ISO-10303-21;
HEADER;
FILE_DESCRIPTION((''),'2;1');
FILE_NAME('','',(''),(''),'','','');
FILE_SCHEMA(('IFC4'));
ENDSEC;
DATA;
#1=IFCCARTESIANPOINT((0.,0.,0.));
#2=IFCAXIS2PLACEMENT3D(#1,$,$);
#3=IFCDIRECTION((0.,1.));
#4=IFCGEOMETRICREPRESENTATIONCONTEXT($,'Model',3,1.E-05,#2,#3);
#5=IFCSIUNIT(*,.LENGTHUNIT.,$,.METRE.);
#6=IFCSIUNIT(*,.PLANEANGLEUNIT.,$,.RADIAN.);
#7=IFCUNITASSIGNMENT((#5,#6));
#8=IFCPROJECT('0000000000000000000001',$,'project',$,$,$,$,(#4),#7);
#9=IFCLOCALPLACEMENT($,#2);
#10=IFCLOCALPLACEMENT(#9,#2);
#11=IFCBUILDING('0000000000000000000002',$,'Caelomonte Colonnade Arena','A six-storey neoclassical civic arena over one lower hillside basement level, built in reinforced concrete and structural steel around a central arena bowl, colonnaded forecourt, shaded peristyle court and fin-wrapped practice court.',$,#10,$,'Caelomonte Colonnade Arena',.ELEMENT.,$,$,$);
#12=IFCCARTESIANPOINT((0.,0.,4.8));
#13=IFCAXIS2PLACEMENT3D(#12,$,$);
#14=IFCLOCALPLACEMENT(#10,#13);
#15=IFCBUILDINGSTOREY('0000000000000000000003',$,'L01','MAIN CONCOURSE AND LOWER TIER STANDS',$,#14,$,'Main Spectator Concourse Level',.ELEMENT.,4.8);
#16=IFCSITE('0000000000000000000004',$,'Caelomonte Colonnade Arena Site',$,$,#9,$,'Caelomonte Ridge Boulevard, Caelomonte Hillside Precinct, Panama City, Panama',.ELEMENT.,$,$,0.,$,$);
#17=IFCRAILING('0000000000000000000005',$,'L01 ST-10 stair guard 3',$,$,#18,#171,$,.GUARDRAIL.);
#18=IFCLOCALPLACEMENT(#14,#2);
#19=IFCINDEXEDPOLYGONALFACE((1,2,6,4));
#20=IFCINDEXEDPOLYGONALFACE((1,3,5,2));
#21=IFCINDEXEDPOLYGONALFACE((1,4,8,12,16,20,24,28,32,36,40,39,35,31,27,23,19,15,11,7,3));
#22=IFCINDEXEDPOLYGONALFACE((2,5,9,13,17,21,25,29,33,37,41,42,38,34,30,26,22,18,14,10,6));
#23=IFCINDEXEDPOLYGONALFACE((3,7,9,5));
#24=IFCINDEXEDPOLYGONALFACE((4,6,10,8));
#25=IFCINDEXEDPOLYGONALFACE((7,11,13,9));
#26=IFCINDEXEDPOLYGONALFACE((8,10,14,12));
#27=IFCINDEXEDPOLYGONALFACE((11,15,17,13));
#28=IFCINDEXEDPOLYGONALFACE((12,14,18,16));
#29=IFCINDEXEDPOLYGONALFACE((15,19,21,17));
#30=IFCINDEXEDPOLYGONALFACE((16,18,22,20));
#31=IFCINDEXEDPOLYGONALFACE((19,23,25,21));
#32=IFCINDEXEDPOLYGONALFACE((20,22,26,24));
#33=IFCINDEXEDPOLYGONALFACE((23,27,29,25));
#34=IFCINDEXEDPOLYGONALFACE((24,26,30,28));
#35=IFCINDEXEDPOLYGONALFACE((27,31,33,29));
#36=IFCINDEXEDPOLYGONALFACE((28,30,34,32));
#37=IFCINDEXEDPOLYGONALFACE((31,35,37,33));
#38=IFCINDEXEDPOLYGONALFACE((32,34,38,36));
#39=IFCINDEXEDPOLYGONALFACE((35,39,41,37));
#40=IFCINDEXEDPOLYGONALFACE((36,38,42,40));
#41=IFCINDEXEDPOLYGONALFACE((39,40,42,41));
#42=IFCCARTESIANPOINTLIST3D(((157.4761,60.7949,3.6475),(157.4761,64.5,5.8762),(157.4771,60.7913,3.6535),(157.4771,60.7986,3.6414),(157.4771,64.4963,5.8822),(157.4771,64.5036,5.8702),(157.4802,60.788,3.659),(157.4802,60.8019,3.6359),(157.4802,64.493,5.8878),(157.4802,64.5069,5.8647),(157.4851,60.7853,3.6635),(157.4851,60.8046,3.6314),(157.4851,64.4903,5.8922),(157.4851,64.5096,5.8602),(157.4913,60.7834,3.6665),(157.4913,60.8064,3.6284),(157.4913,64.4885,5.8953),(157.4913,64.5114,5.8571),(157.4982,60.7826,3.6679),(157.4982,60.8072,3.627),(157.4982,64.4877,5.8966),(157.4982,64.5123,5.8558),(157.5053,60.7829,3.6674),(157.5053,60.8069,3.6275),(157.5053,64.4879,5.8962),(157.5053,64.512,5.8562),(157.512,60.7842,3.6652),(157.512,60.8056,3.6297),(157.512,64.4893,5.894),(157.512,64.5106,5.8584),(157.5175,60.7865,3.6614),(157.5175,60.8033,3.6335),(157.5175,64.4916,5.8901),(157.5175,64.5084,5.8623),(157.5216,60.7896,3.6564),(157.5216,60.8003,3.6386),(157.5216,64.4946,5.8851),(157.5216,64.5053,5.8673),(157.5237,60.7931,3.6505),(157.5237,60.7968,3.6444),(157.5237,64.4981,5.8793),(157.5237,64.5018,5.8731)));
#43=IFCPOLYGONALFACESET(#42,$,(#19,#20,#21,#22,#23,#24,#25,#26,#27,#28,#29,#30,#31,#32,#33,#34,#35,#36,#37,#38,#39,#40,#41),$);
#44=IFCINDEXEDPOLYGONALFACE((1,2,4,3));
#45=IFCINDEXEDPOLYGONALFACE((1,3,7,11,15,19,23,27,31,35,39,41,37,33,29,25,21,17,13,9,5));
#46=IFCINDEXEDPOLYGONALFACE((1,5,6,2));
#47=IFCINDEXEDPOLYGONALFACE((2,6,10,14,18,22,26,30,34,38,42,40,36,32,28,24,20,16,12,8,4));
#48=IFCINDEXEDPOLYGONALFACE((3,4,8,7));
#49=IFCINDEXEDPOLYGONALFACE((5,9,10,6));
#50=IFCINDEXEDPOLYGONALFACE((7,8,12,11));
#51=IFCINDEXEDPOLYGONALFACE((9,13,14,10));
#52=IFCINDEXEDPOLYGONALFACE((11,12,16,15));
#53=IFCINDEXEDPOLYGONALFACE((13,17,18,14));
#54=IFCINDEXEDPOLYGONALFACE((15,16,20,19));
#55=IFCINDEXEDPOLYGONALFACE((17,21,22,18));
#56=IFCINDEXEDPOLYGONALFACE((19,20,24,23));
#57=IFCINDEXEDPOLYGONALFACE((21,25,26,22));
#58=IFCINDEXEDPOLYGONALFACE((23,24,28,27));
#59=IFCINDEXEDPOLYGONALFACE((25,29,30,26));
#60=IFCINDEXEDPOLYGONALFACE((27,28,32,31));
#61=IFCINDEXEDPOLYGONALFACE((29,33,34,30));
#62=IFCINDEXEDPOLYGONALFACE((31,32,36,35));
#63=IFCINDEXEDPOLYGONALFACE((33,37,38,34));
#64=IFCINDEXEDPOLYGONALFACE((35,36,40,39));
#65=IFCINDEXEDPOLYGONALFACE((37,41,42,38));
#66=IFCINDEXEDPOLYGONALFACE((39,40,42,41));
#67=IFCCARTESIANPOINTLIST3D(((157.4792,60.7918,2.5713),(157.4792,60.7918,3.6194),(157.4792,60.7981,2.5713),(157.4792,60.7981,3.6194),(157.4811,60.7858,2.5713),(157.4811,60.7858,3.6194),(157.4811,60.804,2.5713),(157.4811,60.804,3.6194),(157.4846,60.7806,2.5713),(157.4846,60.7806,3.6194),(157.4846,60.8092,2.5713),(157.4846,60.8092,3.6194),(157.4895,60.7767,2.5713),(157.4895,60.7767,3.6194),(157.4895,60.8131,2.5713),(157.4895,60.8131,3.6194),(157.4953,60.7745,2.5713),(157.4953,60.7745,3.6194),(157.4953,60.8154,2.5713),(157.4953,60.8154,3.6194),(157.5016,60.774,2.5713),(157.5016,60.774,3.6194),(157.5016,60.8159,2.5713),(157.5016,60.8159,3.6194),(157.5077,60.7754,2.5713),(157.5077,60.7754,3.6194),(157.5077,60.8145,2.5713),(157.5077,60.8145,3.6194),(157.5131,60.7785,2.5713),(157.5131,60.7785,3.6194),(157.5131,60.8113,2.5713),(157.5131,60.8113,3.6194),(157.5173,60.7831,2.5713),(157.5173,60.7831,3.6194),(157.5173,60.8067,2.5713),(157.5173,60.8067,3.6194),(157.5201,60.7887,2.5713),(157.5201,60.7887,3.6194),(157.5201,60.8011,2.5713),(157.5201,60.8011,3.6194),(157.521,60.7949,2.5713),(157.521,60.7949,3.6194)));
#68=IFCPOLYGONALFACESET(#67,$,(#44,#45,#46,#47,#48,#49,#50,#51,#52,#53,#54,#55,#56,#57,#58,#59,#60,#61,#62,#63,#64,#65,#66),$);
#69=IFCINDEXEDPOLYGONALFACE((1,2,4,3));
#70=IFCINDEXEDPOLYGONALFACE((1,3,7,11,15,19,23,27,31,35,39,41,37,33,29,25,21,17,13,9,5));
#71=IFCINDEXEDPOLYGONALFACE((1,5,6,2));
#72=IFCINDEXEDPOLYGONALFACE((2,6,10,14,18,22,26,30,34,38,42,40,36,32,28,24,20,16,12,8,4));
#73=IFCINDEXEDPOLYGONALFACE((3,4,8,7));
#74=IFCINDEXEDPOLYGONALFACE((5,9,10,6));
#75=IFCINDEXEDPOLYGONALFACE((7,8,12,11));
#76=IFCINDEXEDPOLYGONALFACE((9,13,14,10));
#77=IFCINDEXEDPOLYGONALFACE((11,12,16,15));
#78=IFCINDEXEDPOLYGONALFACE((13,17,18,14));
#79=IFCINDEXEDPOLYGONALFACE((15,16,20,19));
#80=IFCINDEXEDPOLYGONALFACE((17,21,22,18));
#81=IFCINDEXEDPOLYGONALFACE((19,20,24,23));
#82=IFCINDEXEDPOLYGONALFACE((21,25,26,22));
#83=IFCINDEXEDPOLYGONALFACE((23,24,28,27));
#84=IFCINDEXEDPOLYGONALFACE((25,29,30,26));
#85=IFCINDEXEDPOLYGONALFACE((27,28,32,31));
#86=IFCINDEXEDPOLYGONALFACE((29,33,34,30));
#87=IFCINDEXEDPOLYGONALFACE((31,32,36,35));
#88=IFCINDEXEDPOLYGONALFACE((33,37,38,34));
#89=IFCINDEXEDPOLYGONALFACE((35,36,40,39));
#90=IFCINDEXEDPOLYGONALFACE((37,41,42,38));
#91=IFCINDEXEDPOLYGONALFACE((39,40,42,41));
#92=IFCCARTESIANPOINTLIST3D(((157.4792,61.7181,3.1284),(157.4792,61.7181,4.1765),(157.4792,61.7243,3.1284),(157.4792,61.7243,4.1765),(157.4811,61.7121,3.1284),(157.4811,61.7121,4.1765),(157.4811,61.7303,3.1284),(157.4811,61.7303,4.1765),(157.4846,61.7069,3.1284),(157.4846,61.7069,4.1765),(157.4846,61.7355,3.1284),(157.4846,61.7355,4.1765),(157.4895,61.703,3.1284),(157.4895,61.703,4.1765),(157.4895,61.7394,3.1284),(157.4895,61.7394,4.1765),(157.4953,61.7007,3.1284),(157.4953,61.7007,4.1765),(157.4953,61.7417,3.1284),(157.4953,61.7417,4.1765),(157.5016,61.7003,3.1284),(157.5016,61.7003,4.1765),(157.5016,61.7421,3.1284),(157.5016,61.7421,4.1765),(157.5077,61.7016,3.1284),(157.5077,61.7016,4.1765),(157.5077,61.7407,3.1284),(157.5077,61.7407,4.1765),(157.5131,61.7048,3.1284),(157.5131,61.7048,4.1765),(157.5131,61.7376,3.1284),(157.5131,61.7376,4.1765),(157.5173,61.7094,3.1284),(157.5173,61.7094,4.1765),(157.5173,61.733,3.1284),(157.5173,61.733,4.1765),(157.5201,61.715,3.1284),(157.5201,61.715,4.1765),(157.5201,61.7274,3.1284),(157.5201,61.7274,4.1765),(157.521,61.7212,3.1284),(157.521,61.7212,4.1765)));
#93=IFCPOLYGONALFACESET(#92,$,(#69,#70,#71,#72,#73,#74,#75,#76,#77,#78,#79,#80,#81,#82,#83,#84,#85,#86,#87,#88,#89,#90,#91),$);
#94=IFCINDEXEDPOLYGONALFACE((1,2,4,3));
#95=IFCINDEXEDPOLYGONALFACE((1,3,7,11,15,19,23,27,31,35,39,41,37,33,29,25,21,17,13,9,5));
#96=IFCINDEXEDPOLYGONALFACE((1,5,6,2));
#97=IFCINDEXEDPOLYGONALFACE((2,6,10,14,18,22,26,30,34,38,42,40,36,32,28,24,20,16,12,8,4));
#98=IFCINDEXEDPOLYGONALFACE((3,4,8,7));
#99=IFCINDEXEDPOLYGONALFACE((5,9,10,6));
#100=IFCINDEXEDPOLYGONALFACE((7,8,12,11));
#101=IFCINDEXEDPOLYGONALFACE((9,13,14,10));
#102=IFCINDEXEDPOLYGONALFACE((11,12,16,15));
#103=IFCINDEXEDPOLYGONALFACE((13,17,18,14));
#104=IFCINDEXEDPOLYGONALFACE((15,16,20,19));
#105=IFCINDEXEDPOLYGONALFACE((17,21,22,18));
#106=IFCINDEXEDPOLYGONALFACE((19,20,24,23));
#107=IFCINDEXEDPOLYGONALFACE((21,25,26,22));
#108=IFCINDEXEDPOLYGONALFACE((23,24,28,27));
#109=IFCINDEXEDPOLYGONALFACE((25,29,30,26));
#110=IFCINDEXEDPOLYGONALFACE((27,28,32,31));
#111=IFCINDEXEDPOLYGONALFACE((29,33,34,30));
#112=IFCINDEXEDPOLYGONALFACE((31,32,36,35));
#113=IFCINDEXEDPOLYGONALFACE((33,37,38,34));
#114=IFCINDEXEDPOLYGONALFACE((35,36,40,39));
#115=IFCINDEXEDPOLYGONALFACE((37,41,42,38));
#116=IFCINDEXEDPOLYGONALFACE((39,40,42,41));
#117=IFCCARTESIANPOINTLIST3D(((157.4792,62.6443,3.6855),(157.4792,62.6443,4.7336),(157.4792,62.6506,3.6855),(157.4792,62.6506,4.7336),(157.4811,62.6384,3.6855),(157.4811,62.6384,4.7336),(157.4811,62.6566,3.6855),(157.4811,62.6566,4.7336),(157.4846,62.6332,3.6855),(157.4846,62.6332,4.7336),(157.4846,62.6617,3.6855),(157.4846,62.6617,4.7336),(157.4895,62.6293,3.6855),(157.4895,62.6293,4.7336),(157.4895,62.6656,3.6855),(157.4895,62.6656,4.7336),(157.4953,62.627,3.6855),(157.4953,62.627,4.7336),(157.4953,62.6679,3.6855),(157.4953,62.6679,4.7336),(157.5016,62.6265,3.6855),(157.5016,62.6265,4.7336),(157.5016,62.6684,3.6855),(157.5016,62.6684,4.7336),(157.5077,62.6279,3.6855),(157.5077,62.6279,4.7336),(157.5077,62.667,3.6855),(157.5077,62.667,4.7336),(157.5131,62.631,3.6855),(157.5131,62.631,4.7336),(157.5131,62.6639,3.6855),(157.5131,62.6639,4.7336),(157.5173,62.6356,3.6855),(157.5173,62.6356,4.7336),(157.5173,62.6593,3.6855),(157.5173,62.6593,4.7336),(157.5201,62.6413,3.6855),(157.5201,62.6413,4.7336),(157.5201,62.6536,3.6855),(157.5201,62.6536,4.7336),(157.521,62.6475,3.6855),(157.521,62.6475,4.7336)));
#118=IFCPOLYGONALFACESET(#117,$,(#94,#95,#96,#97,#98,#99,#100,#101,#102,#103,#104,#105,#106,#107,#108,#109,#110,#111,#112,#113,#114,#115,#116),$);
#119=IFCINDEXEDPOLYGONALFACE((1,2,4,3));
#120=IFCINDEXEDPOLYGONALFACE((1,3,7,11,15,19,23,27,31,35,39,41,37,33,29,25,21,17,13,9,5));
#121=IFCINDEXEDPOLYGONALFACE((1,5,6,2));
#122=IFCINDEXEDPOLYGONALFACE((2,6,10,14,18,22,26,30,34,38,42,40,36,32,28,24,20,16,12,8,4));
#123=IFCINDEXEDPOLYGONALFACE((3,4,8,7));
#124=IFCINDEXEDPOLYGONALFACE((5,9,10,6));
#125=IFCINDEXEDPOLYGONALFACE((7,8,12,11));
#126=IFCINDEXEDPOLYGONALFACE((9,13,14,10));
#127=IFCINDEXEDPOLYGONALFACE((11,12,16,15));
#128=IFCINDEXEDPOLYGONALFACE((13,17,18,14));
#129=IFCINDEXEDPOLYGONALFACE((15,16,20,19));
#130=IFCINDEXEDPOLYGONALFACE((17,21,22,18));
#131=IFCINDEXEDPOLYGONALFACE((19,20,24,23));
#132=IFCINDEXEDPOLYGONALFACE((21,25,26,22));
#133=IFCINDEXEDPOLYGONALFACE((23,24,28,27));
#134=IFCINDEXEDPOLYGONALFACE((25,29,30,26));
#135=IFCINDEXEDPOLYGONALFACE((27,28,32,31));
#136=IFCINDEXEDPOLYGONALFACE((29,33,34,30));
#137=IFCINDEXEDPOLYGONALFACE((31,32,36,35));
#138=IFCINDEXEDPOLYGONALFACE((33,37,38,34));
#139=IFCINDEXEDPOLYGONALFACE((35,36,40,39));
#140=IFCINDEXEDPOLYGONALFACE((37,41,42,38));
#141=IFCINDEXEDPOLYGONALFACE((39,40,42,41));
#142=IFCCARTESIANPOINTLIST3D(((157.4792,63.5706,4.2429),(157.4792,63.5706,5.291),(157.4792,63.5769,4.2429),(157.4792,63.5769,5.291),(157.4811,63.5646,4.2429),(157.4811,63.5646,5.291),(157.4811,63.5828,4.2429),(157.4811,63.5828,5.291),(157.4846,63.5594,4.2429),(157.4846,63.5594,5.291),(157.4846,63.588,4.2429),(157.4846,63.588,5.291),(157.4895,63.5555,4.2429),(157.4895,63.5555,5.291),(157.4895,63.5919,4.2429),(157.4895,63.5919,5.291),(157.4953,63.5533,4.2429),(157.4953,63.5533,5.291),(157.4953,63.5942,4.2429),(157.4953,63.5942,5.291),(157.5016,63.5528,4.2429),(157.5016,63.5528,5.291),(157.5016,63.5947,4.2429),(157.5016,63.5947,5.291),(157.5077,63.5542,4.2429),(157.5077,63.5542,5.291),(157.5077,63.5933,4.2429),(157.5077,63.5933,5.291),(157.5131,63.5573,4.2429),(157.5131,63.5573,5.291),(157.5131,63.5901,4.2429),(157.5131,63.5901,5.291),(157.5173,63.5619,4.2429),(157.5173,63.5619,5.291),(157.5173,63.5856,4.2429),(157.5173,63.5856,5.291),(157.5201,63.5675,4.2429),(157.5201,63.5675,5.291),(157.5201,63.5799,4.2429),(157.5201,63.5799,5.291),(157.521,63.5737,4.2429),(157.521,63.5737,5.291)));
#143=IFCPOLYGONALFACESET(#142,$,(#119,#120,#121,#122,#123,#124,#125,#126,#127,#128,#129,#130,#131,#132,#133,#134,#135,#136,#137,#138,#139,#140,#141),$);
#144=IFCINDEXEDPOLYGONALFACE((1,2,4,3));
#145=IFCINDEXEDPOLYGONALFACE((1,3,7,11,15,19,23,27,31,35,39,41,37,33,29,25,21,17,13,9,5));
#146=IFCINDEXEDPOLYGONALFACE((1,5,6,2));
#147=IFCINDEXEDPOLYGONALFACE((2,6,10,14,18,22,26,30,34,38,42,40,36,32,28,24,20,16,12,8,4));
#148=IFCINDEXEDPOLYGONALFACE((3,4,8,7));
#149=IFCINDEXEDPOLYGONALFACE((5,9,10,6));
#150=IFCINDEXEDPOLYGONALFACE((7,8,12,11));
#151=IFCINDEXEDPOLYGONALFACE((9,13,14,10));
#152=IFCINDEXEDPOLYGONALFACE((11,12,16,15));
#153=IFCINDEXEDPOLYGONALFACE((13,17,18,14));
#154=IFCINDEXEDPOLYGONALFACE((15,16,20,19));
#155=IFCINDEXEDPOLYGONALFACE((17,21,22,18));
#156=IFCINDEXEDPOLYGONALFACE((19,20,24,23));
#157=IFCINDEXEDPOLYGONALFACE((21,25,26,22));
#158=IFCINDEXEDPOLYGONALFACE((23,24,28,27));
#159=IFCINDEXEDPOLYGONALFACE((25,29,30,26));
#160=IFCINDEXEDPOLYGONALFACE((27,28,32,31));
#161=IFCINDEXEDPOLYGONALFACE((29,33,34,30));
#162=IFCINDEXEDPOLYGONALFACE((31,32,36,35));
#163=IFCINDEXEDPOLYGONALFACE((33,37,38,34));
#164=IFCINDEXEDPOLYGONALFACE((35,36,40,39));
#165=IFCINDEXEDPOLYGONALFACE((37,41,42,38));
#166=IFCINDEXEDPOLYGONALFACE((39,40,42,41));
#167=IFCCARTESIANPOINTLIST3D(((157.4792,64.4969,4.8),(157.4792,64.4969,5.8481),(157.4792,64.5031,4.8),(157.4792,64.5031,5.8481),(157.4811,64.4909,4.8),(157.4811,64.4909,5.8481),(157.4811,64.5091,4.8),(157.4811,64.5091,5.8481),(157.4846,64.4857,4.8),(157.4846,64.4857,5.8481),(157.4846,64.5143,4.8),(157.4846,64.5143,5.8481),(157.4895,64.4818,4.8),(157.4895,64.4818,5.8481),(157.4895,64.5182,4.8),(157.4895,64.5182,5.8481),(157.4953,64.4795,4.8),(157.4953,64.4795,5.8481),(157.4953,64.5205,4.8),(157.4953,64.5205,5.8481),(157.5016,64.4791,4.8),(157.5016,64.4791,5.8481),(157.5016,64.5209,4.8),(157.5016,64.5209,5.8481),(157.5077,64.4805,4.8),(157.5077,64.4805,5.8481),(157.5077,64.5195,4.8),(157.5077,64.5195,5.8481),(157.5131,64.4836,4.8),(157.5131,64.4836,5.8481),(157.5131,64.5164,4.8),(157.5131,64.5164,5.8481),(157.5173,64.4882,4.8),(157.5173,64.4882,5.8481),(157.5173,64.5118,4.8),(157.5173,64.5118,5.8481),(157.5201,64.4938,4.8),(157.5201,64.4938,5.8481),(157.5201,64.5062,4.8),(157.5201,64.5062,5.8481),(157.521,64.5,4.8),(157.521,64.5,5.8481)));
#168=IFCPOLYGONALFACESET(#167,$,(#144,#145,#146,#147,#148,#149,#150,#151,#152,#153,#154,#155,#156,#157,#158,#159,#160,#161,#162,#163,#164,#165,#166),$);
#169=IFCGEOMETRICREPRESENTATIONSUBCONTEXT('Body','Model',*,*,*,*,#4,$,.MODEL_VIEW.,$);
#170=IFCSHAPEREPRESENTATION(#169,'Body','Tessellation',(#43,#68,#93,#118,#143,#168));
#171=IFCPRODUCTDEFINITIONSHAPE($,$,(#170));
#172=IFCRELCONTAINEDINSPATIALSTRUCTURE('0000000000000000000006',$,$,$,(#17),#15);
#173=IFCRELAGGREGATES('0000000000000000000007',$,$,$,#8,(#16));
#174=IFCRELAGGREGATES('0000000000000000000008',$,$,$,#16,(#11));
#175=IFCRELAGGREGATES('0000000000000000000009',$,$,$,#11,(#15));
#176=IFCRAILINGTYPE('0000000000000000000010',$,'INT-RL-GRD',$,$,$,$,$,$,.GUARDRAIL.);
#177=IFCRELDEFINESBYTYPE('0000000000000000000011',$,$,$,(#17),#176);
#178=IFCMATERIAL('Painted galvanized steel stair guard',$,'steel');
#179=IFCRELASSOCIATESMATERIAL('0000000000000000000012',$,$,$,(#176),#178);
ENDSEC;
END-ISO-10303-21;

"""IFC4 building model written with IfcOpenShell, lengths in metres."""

from ifc_helpers import new_model, si_unit, direction, frame, origin, origin_2d, place, context, subcontext, project, spatial, circle, extrude, material, type_object, element, save


model = new_model("IFC4")

# Units and contexts
model_context = context("Model", 3, precision=1e-05, world=origin(), true_north=direction((0.0, 1.0)))
body_context = subcontext(model_context, "Body", "Model", "MODEL_VIEW")
ifc_project = project(units=[si_unit("LENGTHUNIT", "METRE"), si_unit("PLANEANGLEUNIT", "RADIAN")], contexts=[model_context])

# Site, building, storey
site_placement = place(None, origin())
site = spatial("IfcSite", under=ifc_project, at=site_placement, Name="Caelomonte Colonnade Arena Site", LongName="Caelomonte Ridge Boulevard, Caelomonte Hillside Precinct, Panama City, Panama", CompositionType="ELEMENT", RefElevation=0.0)
building_placement = place(site_placement, origin())
building = spatial("IfcBuilding", under=site, at=building_placement, Name="Caelomonte Colonnade Arena", Description="A six-storey neoclassical civic arena over one lower hillside basement level, built in reinforced concrete and structural steel around a central arena bowl, colonnaded forecourt, shaded peristyle court and fin-wrapped practice court.", LongName="Caelomonte Colonnade Arena", CompositionType="ELEMENT")
storey_placement = place(building_placement, frame((0.0, 0.0, 4.8)))
storey = spatial("IfcBuildingStorey", under=building, at=storey_placement, Name="L01", Description="MAIN CONCOURSE AND LOWER TIER STANDS", LongName="Main Spectator Concourse Level", CompositionType="ELEMENT", Elevation=4.8)

# Railing
ifc_material_1 = material(Name="Painted galvanized steel stair guard", Category="steel")
railing_type_1 = type_object("IfcRailingType", Name="INT-RL-GRD", PredefinedType="GUARDRAIL", material=ifc_material_1)
railing_1_placement = place(storey_placement, frame((157.5, 60.7949, 2.5713)))
element("IfcRailing", 1, at=railing_1_placement, inside=storey, type_object=railing_type_1, Name="L01 ST-10 stair guard 3", PredefinedType="GUARDRAIL", context=body_context, shape_type="SweptSolid", body=[
    extrude(circle(Radius=0.0239, at=origin_2d()), frame((0.0, 0.0, 1.0762), z_axis=(0.0, 0.856909, 0.515467), x_axis=(-1.0, 0.0, 0.0)), (0.0, 0.0, 1.0), 4.3237),
    extrude(circle(Radius=0.021, at=origin_2d()), origin(), (0.0, 0.0, 1.0), 1.0481),
    extrude(circle(Radius=0.021, at=origin_2d()), frame((0.0, 0.9263, 0.5571)), (0.0, 0.0, 1.0), 1.0481),
    extrude(circle(Radius=0.021, at=origin_2d()), frame((0.0, 1.8525, 1.1143)), (0.0, 0.0, 1.0), 1.0481),
    extrude(circle(Radius=0.021, at=origin_2d()), frame((0.0, 2.7788, 1.6716)), (0.0, 0.0, 1.0), 1.0481),
    extrude(circle(Radius=0.021, at=origin_2d()), frame((0.0, 3.7051, 2.2288)), (0.0, 0.0, 1.0), 1.0481),
])

save(model, "model.ifc")
